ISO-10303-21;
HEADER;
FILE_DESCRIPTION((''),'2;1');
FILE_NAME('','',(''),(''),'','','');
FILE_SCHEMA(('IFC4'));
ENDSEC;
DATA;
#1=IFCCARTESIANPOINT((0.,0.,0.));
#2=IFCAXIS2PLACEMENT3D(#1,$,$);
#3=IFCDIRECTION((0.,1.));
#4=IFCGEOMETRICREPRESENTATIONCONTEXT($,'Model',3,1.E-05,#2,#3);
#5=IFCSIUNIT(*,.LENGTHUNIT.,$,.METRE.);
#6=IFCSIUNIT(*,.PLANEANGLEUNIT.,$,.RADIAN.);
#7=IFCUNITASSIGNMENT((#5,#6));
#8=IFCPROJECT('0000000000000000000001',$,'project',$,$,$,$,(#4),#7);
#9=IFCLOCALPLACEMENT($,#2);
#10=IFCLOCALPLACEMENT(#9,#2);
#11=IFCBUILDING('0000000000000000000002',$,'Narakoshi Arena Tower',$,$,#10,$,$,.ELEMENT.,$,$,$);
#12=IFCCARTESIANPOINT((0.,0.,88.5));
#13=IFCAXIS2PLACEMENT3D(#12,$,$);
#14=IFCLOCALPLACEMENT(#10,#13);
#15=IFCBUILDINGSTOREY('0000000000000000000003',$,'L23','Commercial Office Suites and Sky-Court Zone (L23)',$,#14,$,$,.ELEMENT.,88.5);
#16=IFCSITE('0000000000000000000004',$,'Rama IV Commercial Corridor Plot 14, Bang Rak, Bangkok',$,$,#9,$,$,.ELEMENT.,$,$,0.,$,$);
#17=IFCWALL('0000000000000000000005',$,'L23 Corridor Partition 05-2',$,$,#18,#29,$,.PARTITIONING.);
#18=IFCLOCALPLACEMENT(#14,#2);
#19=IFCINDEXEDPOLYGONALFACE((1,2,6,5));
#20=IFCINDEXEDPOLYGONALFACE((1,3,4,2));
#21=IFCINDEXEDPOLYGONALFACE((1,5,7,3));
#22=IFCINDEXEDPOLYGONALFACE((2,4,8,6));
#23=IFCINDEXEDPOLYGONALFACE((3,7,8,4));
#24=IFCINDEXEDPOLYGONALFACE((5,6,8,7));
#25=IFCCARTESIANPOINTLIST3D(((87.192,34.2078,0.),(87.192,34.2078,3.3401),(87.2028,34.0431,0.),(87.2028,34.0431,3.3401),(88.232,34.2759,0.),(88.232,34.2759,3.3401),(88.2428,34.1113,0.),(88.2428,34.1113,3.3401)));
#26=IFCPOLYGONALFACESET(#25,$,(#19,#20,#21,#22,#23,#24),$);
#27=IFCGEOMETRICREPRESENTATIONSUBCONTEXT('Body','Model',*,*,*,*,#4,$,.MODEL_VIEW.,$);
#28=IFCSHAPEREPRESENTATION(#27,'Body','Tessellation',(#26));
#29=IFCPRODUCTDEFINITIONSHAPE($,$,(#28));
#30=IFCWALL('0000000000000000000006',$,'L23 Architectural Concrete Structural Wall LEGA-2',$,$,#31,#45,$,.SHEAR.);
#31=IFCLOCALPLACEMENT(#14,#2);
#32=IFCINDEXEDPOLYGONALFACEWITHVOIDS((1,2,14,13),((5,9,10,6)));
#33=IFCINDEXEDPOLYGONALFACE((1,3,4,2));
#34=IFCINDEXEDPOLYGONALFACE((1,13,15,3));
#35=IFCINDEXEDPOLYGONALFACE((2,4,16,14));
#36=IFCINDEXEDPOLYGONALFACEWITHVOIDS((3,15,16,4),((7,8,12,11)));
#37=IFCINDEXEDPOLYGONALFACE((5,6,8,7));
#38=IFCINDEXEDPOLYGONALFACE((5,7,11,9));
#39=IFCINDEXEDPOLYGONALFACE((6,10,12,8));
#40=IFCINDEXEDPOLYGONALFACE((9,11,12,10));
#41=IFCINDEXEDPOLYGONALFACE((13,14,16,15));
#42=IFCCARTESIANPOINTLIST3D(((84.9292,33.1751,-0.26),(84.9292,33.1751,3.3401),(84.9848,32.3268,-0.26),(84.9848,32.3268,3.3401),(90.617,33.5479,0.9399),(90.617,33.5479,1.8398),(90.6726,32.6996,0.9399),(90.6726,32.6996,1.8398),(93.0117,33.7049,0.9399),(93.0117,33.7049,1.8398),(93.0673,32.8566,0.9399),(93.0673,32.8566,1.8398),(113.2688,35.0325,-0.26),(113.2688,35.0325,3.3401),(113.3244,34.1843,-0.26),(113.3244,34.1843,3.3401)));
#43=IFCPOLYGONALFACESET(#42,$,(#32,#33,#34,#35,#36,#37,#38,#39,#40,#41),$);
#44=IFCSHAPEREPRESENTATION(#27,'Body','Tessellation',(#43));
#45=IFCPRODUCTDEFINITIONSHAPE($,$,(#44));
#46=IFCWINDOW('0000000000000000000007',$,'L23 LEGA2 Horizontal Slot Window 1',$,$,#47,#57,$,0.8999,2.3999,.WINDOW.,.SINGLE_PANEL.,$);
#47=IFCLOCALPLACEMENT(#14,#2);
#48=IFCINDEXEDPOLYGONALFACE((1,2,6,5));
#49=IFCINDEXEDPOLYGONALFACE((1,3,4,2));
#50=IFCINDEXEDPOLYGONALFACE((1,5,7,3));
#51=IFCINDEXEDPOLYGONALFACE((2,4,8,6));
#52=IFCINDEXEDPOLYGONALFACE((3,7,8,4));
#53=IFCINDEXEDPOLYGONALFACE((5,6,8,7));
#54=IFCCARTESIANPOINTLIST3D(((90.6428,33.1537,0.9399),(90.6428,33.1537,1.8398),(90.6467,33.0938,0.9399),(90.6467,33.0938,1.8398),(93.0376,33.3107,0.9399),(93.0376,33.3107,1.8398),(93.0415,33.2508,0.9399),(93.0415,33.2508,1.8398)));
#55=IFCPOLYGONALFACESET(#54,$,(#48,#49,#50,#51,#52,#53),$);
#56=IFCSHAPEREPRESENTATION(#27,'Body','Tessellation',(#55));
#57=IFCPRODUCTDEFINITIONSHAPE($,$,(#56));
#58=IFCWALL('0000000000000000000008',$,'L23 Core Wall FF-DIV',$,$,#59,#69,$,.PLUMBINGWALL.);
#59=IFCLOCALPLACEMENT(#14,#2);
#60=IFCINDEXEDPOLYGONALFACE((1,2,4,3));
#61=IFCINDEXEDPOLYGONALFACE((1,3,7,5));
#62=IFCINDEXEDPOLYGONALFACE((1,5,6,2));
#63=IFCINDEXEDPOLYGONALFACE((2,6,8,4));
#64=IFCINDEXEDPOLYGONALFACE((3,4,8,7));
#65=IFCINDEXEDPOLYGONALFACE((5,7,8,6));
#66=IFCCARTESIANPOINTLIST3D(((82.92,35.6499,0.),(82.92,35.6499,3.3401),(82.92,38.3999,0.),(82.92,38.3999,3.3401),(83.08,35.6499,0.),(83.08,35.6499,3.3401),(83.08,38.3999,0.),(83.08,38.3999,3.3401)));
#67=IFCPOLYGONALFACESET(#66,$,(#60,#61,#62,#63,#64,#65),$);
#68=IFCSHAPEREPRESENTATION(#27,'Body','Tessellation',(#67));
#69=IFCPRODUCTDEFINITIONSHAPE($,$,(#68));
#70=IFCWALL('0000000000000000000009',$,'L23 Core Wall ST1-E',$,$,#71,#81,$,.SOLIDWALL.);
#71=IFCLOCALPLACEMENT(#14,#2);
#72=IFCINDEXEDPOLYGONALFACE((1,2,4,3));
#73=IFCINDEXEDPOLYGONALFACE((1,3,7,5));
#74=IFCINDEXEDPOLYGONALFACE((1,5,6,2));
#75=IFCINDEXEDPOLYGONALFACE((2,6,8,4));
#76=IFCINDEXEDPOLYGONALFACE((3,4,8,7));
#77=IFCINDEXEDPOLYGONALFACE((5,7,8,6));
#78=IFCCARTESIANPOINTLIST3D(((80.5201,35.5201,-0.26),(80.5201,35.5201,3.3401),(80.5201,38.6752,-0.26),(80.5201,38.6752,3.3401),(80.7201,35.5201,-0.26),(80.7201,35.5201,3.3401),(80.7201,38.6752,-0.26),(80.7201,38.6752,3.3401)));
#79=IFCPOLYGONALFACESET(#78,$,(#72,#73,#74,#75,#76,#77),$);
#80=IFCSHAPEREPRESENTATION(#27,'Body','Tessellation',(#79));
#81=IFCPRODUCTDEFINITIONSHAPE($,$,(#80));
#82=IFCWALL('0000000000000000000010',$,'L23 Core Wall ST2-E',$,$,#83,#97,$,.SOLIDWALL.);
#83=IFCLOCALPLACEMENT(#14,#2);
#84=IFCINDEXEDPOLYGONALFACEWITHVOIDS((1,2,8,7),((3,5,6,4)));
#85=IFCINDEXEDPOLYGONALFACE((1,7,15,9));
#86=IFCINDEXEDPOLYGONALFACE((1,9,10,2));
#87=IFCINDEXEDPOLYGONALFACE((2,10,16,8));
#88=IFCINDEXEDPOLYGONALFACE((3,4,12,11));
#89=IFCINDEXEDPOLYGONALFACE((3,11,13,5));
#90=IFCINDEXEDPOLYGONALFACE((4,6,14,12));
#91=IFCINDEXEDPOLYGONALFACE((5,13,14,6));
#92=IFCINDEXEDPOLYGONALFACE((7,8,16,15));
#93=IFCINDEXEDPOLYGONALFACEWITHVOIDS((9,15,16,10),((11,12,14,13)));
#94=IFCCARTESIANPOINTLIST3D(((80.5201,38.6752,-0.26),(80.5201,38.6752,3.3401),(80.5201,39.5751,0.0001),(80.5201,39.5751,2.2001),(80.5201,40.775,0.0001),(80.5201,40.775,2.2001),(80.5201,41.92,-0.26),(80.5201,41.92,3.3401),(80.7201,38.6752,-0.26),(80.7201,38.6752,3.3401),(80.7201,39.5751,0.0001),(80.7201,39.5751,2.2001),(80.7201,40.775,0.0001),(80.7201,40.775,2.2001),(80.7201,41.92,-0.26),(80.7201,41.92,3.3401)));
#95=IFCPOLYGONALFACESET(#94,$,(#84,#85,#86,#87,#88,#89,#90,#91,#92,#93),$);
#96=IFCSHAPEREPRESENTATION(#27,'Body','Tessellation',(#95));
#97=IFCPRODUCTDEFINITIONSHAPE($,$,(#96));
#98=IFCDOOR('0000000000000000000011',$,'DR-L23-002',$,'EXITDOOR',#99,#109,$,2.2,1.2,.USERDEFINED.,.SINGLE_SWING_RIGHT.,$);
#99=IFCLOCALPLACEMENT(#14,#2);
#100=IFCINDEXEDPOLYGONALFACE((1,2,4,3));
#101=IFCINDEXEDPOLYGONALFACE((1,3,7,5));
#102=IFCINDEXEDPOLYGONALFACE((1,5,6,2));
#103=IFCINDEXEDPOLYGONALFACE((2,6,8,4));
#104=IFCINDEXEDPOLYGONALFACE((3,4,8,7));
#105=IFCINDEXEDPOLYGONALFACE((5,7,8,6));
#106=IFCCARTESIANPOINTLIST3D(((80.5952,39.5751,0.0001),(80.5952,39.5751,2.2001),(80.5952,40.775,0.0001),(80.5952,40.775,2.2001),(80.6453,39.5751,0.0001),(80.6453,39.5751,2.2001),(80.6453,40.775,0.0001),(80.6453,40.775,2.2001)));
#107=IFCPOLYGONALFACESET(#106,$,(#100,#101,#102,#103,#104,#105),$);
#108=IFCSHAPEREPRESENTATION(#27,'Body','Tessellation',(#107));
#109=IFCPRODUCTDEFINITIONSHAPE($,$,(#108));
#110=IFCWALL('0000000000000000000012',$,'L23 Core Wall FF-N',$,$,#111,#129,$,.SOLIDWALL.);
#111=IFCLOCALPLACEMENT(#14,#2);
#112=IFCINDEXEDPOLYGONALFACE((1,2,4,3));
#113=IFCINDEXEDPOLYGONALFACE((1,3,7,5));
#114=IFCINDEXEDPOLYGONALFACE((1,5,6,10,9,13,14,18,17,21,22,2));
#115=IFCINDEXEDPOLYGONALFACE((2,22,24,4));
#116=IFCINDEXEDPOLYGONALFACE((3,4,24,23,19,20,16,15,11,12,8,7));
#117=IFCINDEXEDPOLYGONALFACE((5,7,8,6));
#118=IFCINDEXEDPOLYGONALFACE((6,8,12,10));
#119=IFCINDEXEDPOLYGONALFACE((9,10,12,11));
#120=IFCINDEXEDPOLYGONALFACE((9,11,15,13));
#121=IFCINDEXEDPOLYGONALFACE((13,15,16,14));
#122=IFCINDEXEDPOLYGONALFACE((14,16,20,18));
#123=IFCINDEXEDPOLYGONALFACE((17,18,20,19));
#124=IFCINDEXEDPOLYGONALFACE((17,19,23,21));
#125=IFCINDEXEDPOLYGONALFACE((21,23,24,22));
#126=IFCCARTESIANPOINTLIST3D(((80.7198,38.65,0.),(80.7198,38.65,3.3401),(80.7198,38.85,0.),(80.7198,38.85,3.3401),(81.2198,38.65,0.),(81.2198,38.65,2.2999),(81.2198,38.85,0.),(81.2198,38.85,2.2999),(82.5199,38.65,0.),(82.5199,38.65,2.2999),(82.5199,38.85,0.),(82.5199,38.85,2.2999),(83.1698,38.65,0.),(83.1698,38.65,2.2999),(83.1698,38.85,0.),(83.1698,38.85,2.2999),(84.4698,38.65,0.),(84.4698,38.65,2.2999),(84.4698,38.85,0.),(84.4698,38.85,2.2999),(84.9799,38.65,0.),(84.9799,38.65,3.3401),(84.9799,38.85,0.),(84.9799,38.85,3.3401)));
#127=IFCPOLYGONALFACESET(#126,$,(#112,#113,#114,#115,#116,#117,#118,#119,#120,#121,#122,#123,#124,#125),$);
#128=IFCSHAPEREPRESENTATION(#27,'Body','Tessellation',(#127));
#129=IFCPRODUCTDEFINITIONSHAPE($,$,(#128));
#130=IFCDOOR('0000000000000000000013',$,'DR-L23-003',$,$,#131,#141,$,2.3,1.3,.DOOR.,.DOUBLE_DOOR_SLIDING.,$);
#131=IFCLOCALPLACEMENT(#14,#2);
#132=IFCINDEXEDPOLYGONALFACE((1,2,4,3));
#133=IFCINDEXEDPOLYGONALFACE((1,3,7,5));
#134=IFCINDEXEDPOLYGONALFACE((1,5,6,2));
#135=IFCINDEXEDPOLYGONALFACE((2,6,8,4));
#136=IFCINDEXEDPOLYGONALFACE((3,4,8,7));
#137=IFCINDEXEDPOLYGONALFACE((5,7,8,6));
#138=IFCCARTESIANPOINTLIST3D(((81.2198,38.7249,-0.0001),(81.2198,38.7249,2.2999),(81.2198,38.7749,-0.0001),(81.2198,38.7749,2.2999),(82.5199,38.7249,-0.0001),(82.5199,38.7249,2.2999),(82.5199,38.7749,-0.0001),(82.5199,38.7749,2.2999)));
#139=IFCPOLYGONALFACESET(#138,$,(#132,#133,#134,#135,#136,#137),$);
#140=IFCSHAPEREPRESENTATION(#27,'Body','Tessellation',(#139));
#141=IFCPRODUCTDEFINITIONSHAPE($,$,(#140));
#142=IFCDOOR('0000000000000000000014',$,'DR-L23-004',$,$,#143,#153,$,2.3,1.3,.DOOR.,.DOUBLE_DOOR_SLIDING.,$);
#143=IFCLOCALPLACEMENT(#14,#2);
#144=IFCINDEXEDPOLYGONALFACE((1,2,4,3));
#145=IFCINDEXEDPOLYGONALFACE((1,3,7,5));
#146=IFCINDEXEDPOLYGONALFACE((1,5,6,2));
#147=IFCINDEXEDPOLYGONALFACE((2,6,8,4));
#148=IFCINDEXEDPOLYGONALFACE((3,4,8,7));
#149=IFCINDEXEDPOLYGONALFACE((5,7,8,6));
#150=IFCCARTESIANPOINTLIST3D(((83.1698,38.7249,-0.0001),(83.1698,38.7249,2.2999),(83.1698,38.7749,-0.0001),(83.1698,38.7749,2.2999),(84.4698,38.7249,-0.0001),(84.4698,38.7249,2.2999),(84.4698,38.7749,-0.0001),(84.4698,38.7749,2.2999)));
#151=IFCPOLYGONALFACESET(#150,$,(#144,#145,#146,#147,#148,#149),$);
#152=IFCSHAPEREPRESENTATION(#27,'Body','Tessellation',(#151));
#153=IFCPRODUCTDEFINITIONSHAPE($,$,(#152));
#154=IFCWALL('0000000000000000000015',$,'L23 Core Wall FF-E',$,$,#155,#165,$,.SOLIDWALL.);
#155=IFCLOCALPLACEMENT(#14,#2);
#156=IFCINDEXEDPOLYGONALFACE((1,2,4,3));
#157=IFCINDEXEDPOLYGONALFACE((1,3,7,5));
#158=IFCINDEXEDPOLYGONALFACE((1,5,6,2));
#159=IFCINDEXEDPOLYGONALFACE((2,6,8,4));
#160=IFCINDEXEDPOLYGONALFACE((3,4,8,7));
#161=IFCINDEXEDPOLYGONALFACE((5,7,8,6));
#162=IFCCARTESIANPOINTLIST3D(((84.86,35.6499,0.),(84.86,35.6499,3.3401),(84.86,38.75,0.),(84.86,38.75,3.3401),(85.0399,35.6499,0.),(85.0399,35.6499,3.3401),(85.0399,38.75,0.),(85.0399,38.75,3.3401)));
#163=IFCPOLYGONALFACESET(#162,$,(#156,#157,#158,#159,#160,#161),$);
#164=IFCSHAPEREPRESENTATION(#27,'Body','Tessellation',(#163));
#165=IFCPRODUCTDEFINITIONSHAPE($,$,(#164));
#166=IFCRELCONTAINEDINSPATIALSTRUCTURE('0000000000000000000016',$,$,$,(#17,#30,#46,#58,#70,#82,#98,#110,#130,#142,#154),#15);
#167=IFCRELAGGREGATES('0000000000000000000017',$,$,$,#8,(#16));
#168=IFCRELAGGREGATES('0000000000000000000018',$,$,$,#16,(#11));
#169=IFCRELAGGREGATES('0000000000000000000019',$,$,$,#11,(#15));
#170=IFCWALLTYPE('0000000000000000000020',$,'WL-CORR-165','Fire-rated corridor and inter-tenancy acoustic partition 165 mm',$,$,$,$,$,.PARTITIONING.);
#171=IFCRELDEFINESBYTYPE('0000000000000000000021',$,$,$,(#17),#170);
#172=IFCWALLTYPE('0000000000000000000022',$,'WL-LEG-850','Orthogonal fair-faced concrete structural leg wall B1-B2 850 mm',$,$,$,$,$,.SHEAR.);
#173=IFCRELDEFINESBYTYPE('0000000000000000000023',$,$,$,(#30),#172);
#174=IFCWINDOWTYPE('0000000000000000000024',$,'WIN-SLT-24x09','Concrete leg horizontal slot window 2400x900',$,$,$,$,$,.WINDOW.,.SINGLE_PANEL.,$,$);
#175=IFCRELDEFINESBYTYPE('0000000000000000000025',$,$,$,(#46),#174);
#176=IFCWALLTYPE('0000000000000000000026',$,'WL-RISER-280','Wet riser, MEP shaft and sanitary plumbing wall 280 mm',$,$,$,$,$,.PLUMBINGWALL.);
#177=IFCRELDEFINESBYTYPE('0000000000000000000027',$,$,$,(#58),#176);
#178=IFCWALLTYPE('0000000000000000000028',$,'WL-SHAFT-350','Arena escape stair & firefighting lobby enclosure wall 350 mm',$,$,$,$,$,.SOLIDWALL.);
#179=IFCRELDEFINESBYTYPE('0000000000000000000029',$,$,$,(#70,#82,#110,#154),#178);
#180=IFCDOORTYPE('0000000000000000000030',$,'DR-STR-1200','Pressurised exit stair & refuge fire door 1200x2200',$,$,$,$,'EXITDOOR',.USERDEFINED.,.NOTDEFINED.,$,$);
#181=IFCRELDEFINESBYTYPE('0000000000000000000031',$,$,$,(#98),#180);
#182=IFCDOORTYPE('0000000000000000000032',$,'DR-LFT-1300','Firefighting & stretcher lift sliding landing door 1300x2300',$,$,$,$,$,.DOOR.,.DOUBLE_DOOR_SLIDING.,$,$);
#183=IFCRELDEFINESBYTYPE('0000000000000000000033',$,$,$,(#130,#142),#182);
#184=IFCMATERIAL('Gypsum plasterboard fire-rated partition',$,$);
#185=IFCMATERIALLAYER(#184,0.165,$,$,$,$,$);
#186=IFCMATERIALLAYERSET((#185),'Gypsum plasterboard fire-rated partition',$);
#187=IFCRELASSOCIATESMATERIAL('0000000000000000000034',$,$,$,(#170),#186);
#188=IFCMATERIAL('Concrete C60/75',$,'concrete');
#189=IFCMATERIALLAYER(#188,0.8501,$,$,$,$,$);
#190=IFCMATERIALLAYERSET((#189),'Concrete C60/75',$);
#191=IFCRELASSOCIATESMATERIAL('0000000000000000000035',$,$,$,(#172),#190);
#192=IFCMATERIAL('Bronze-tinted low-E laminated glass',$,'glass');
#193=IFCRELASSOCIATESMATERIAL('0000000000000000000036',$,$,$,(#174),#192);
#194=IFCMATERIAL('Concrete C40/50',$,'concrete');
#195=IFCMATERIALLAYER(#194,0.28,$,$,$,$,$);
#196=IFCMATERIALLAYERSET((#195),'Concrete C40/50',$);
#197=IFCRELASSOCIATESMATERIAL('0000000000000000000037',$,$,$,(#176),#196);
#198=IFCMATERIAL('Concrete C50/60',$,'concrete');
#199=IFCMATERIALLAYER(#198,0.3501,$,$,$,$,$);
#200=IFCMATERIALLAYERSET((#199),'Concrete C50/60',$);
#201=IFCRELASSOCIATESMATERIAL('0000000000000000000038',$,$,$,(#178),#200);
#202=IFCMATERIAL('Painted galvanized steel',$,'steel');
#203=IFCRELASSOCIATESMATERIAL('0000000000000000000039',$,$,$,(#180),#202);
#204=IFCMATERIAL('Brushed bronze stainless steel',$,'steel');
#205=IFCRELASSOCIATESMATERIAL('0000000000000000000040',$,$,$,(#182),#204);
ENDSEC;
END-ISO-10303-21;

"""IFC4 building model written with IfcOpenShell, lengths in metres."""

from ifc_helpers import new_model, si_unit, direction, frame, frame_2d, origin, place, context, subcontext, project, spatial, rectangle, extrude, material, layer, layer_set, type_object, element, fill, save


model = new_model("IFC4")

# Units and contexts
model_context = context("Model", 3, precision=1e-05, world=origin(), true_north=direction((0.0, 1.0)))
body_context = subcontext(model_context, "Body", "Model", "MODEL_VIEW")
ifc_project = project(units=[si_unit("LENGTHUNIT", "METRE"), si_unit("PLANEANGLEUNIT", "RADIAN")], contexts=[model_context])

# Site, building, storey
site_placement = place(None, origin())
site = spatial("IfcSite", under=ifc_project, at=site_placement, Name="Rama IV Commercial Corridor Plot 14, Bang Rak, Bangkok", CompositionType="ELEMENT", RefElevation=0.0)
building_placement = place(site_placement, origin())
building = spatial("IfcBuilding", under=site, at=building_placement, Name="Narakoshi Arena Tower", CompositionType="ELEMENT")
storey_placement = place(building_placement, frame((0.0, 0.0, 88.5)))
storey = spatial("IfcBuildingStorey", under=building, at=storey_placement, Name="L23", Description="Commercial Office Suites and Sky-Court Zone (L23)", CompositionType="ELEMENT", Elevation=88.5)

# Shared definitions
ifc_material_1 = material(Name="Concrete C60/75", Category="concrete")

# Shared definitions
ifc_material_2 = material(Name="Gypsum plasterboard fire-rated partition")
ifc_layer_1 = layer(ifc_material_2, 0.165)
ifc_layer_set_1 = layer_set([ifc_layer_1], Name="Gypsum plasterboard fire-rated partition")
wall_type_1 = type_object("IfcWallType", Name="WL-CORR-165", Description="Fire-rated corridor and inter-tenancy acoustic partition 165 mm", PredefinedType="PARTITIONING", material=ifc_layer_set_1)

# Wall
wall_1_placement = place(storey_placement, frame((87.1975, 34.1255, 0.0), z_axis=(0.0, 0.0, 1.0), x_axis=(0.997862, 0.065353, 0.0)))
element("IfcWall", 1, at=wall_1_placement, inside=storey, type_object=wall_type_1, Name="L23 Corridor Partition 05-2", PredefinedType="PARTITIONING", context=body_context, shape_type="SweptSolid", body=[
    extrude(rectangle(XDim=1.0422, YDim=0.165, at=frame_2d((0.521, 0.0))), origin(), (0.0, 0.0, 1.0), 3.3401),
])

# Wall, opening, window
ifc_layer_2 = layer(ifc_material_1, 0.8501)
ifc_layer_set_2 = layer_set([ifc_layer_2], Name="Concrete C60/75")
wall_type_2 = type_object("IfcWallType", Name="WL-LEG-850", Description="Orthogonal fair-faced concrete structural leg wall B1-B2 850 mm", PredefinedType="SHEAR", material=ifc_layer_set_2)
wall_2_placement = place(storey_placement, frame((84.957, 32.751, -0.26), z_axis=(0.0, 0.0, 1.0), x_axis=(0.997859, 0.065401, 0.0)))
wall_2 = element("IfcWall", 2, at=wall_2_placement, inside=storey, type_object=wall_type_2, Name="L23 Architectural Concrete Structural Wall LEGA-2", PredefinedType="SHEAR", context=body_context, shape_type="SweptSolid", body=[
    extrude(rectangle(XDim=28.4004, YDim=0.8501, at=frame_2d((14.2002, 0.0))), origin(), (0.0, 0.0, 1.0), 3.6001),
])
opening_1_placement = place(wall_2_placement, frame((5.7, 0.0, 1.2)))
opening_1 = element("IfcOpeningElement", 3, at=opening_1_placement, cuts=wall_2, PredefinedType="OPENING", context=body_context, shape_type="SweptSolid", body=[
    extrude(rectangle(XDim=2.3999, YDim=0.8999, at=frame_2d((1.2, 0.45))), frame((0.0, 0.4351, 0.0), z_axis=(0.0, -1.0, 0.0), x_axis=(1.0, 0.0, 0.0)), (0.0, 0.0, 1.0), 0.8701),
])
ifc_material_3 = material(Name="Bronze-tinted low-E laminated glass", Category="glass")
window_type = type_object("IfcWindowType", Name="WIN-SLT-24x09", Description="Concrete leg horizontal slot window 2400x900", PartitioningType="SINGLE_PANEL", PredefinedType="WINDOW", material=ifc_material_3)
window_placement = place(opening_1_placement, origin())
window = element("IfcWindow", 4, at=window_placement, inside=storey, type_object=window_type, Name="L23 LEGA2 Horizontal Slot Window 1", OverallHeight=0.8999, OverallWidth=2.3999, PartitioningType="SINGLE_PANEL", PredefinedType="WINDOW", context=body_context, shape_type="SweptSolid", body=[
    extrude(rectangle(XDim=2.3999, YDim=0.8999, at=frame_2d((1.2, 0.45))), frame((0.0, 0.03, 0.0), z_axis=(0.0, -1.0, 0.0), x_axis=(1.0, 0.0, 0.0)), (0.0, 0.0, 1.0), 0.0601),
])
fill(opening_1, window)

# Walls
ifc_material_4 = material(Name="Concrete C40/50", Category="concrete")
ifc_layer_3 = layer(ifc_material_4, 0.28)
ifc_layer_set_3 = layer_set([ifc_layer_3], Name="Concrete C40/50")
wall_type_3 = type_object("IfcWallType", Name="WL-RISER-280", Description="Wet riser, MEP shaft and sanitary plumbing wall 280 mm", PredefinedType="PLUMBINGWALL", material=ifc_layer_set_3)
wall_3_placement = place(storey_placement, frame((83.0, 35.6499, 0.0), z_axis=(0.0, 0.0, 1.0), x_axis=(0.0, 1.0, 0.0)))
element("IfcWall", 5, at=wall_3_placement, inside=storey, type_object=wall_type_3, Name="L23 Core Wall FF-DIV", PredefinedType="PLUMBINGWALL", context=body_context, shape_type="SweptSolid", body=[
    extrude(rectangle(XDim=2.75, YDim=0.1599, at=frame_2d((1.375, 0.0))), origin(), (0.0, 0.0, 1.0), 3.3401),
])
ifc_material_5 = material(Name="Concrete C50/60", Category="concrete")
ifc_layer_4 = layer(ifc_material_5, 0.3501)
ifc_layer_set_4 = layer_set([ifc_layer_4], Name="Concrete C50/60")
wall_type_4 = type_object("IfcWallType", Name="WL-SHAFT-350", Description="Arena escape stair & firefighting lobby enclosure wall 350 mm", PredefinedType="SOLIDWALL", material=ifc_layer_set_4)
wall_4_placement = place(storey_placement, frame((80.6201, 35.52, -0.26), z_axis=(0.0, 0.0, 1.0), x_axis=(0.0, 1.0, 0.0)))
element("IfcWall", 6, at=wall_4_placement, inside=storey, type_object=wall_type_4, Name="L23 Core Wall ST1-E", PredefinedType="SOLIDWALL", context=body_context, shape_type="SweptSolid", body=[
    extrude(rectangle(XDim=3.155, YDim=0.2, at=frame_2d((1.5776, 0.0))), origin(), (0.0, 0.0, 1.0), 3.6001),
])

# Wall, opening, door
wall_5_placement = place(storey_placement, frame((80.6201, 38.675, -0.26), z_axis=(0.0, 0.0, 1.0), x_axis=(0.0, 1.0, 0.0)))
wall_5 = element("IfcWall", 7, at=wall_5_placement, inside=storey, type_object=wall_type_4, Name="L23 Core Wall ST2-E", PredefinedType="SOLIDWALL", context=body_context, shape_type="SweptSolid", body=[
    extrude(rectangle(XDim=3.2449, YDim=0.2, at=frame_2d((1.6226, 0.0))), origin(), (0.0, 0.0, 1.0), 3.6001),
])
opening_2_placement = place(wall_5_placement, frame((0.8999, 0.0, 0.26)))
opening_2 = element("IfcOpeningElement", 8, at=opening_2_placement, cuts=wall_5, PredefinedType="OPENING", context=body_context, shape_type="SweptSolid", body=[
    extrude(rectangle(XDim=1.2, YDim=2.2, at=frame_2d((0.6001, 1.1001))), frame((0.0, 0.1099, 0.0), z_axis=(0.0, -1.0, 0.0), x_axis=(1.0, 0.0, 0.0)), (0.0, 0.0, 1.0), 0.22),
])
ifc_material_6 = material(Name="Painted galvanized steel", Category="steel")
door_type_1 = type_object("IfcDoorType", Name="DR-STR-1200", Description="Pressurised exit stair & refuge fire door 1200x2200", ElementType="EXITDOOR", OperationType="NOTDEFINED", PredefinedType="USERDEFINED", material=ifc_material_6)
door_1_placement = place(opening_2_placement, origin())
door_1 = element("IfcDoor", 9, at=door_1_placement, inside=storey, type_object=door_type_1, Name="DR-L23-002", ObjectType="EXITDOOR", OperationType="SINGLE_SWING_RIGHT", OverallHeight=2.2, OverallWidth=1.2, PredefinedType="USERDEFINED", context=body_context, shape_type="SweptSolid", body=[
    extrude(rectangle(XDim=1.2, YDim=2.2, at=frame_2d((0.6001, 1.1001))), frame((0.0, 0.0249, 0.0), z_axis=(0.0, -1.0, 0.0), x_axis=(1.0, 0.0, 0.0)), (0.0, 0.0, 1.0), 0.05),
])
fill(opening_2, door_1)

# Wall, openings, doors
wall_6_placement = place(storey_placement, frame((80.72, 38.75, 0.0), z_axis=(0.0, 0.0, 1.0), x_axis=(1.0, 0.0, 0.0)))
wall_6 = element("IfcWall", 10, at=wall_6_placement, inside=storey, type_object=wall_type_4, Name="L23 Core Wall FF-N", PredefinedType="SOLIDWALL", context=body_context, shape_type="SweptSolid", body=[
    extrude(rectangle(XDim=4.26, YDim=0.2, at=frame_2d((2.1299, 0.0))), origin(), (0.0, 0.0, 1.0), 3.3401),
])
opening_3_placement = place(wall_6_placement, frame((0.5, 0.0, 0.0)))
opening_3 = element("IfcOpeningElement", 11, at=opening_3_placement, cuts=wall_6, PredefinedType="OPENING", context=body_context, shape_type="SweptSolid", body=[
    extrude(rectangle(XDim=1.3, YDim=2.3, at=frame_2d((0.6499, 1.1499))), frame((0.0, 0.1099, 0.0), z_axis=(0.0, -1.0, 0.0), x_axis=(1.0, 0.0, 0.0)), (0.0, 0.0, 1.0), 0.22),
])
opening_4_placement = place(wall_6_placement, frame((2.45, 0.0, 0.0)))
opening_4 = element("IfcOpeningElement", 12, at=opening_4_placement, cuts=wall_6, PredefinedType="OPENING", context=body_context, shape_type="SweptSolid", body=[
    extrude(rectangle(XDim=1.3, YDim=2.3, at=frame_2d((0.6499, 1.1499))), frame((0.0, 0.1099, 0.0), z_axis=(0.0, -1.0, 0.0), x_axis=(1.0, 0.0, 0.0)), (0.0, 0.0, 1.0), 0.22),
])
ifc_material_7 = material(Name="Brushed bronze stainless steel", Category="steel")
door_type_2 = type_object("IfcDoorType", Name="DR-LFT-1300", Description="Firefighting & stretcher lift sliding landing door 1300x2300", OperationType="DOUBLE_DOOR_SLIDING", PredefinedType="DOOR", material=ifc_material_7)
door_2_placement = place(opening_3_placement, origin())
door_2 = element("IfcDoor", 13, at=door_2_placement, inside=storey, type_object=door_type_2, Name="DR-L23-003", OperationType="DOUBLE_DOOR_SLIDING", OverallHeight=2.3, OverallWidth=1.3, PredefinedType="DOOR", context=body_context, shape_type="SweptSolid", body=[
    extrude(rectangle(XDim=1.3, YDim=2.3, at=frame_2d((0.6499, 1.1499))), frame((0.0, 0.0249, 0.0), z_axis=(0.0, -1.0, 0.0), x_axis=(1.0, 0.0, 0.0)), (0.0, 0.0, 1.0), 0.05),
])
fill(opening_3, door_2)
door_3_placement = place(opening_4_placement, origin())
door_3 = element("IfcDoor", 14, at=door_3_placement, inside=storey, type_object=door_type_2, Name="DR-L23-004", OperationType="DOUBLE_DOOR_SLIDING", OverallHeight=2.3, OverallWidth=1.3, PredefinedType="DOOR", context=body_context, shape_type="SweptSolid", body=[
    extrude(rectangle(XDim=1.3, YDim=2.3, at=frame_2d((0.6499, 1.1499))), frame((0.0, 0.0249, 0.0), z_axis=(0.0, -1.0, 0.0), x_axis=(1.0, 0.0, 0.0)), (0.0, 0.0, 1.0), 0.05),
])
fill(opening_4, door_3)

# Wall
for number, where, z_axis, x_axis, name in (
    (15, (84.95, 35.6499, 0.0), (0.0, 0.0, 1.0), (0.0, 1.0, 0.0), "L23 Core Wall FF-E"),
):
    element("IfcWall", number, at=place(storey_placement, frame(where, z_axis=z_axis, x_axis=x_axis)), inside=storey, type_object=wall_type_4, Name=name, PredefinedType="SOLIDWALL", context=body_context, shape_type="SweptSolid", body=[
        extrude(rectangle(XDim=3.1001, YDim=0.1799, at=frame_2d((1.55, 0.0))), origin(), (0.0, 0.0, 1.0), 3.3401),
    ])

save(model, "model.ifc")
